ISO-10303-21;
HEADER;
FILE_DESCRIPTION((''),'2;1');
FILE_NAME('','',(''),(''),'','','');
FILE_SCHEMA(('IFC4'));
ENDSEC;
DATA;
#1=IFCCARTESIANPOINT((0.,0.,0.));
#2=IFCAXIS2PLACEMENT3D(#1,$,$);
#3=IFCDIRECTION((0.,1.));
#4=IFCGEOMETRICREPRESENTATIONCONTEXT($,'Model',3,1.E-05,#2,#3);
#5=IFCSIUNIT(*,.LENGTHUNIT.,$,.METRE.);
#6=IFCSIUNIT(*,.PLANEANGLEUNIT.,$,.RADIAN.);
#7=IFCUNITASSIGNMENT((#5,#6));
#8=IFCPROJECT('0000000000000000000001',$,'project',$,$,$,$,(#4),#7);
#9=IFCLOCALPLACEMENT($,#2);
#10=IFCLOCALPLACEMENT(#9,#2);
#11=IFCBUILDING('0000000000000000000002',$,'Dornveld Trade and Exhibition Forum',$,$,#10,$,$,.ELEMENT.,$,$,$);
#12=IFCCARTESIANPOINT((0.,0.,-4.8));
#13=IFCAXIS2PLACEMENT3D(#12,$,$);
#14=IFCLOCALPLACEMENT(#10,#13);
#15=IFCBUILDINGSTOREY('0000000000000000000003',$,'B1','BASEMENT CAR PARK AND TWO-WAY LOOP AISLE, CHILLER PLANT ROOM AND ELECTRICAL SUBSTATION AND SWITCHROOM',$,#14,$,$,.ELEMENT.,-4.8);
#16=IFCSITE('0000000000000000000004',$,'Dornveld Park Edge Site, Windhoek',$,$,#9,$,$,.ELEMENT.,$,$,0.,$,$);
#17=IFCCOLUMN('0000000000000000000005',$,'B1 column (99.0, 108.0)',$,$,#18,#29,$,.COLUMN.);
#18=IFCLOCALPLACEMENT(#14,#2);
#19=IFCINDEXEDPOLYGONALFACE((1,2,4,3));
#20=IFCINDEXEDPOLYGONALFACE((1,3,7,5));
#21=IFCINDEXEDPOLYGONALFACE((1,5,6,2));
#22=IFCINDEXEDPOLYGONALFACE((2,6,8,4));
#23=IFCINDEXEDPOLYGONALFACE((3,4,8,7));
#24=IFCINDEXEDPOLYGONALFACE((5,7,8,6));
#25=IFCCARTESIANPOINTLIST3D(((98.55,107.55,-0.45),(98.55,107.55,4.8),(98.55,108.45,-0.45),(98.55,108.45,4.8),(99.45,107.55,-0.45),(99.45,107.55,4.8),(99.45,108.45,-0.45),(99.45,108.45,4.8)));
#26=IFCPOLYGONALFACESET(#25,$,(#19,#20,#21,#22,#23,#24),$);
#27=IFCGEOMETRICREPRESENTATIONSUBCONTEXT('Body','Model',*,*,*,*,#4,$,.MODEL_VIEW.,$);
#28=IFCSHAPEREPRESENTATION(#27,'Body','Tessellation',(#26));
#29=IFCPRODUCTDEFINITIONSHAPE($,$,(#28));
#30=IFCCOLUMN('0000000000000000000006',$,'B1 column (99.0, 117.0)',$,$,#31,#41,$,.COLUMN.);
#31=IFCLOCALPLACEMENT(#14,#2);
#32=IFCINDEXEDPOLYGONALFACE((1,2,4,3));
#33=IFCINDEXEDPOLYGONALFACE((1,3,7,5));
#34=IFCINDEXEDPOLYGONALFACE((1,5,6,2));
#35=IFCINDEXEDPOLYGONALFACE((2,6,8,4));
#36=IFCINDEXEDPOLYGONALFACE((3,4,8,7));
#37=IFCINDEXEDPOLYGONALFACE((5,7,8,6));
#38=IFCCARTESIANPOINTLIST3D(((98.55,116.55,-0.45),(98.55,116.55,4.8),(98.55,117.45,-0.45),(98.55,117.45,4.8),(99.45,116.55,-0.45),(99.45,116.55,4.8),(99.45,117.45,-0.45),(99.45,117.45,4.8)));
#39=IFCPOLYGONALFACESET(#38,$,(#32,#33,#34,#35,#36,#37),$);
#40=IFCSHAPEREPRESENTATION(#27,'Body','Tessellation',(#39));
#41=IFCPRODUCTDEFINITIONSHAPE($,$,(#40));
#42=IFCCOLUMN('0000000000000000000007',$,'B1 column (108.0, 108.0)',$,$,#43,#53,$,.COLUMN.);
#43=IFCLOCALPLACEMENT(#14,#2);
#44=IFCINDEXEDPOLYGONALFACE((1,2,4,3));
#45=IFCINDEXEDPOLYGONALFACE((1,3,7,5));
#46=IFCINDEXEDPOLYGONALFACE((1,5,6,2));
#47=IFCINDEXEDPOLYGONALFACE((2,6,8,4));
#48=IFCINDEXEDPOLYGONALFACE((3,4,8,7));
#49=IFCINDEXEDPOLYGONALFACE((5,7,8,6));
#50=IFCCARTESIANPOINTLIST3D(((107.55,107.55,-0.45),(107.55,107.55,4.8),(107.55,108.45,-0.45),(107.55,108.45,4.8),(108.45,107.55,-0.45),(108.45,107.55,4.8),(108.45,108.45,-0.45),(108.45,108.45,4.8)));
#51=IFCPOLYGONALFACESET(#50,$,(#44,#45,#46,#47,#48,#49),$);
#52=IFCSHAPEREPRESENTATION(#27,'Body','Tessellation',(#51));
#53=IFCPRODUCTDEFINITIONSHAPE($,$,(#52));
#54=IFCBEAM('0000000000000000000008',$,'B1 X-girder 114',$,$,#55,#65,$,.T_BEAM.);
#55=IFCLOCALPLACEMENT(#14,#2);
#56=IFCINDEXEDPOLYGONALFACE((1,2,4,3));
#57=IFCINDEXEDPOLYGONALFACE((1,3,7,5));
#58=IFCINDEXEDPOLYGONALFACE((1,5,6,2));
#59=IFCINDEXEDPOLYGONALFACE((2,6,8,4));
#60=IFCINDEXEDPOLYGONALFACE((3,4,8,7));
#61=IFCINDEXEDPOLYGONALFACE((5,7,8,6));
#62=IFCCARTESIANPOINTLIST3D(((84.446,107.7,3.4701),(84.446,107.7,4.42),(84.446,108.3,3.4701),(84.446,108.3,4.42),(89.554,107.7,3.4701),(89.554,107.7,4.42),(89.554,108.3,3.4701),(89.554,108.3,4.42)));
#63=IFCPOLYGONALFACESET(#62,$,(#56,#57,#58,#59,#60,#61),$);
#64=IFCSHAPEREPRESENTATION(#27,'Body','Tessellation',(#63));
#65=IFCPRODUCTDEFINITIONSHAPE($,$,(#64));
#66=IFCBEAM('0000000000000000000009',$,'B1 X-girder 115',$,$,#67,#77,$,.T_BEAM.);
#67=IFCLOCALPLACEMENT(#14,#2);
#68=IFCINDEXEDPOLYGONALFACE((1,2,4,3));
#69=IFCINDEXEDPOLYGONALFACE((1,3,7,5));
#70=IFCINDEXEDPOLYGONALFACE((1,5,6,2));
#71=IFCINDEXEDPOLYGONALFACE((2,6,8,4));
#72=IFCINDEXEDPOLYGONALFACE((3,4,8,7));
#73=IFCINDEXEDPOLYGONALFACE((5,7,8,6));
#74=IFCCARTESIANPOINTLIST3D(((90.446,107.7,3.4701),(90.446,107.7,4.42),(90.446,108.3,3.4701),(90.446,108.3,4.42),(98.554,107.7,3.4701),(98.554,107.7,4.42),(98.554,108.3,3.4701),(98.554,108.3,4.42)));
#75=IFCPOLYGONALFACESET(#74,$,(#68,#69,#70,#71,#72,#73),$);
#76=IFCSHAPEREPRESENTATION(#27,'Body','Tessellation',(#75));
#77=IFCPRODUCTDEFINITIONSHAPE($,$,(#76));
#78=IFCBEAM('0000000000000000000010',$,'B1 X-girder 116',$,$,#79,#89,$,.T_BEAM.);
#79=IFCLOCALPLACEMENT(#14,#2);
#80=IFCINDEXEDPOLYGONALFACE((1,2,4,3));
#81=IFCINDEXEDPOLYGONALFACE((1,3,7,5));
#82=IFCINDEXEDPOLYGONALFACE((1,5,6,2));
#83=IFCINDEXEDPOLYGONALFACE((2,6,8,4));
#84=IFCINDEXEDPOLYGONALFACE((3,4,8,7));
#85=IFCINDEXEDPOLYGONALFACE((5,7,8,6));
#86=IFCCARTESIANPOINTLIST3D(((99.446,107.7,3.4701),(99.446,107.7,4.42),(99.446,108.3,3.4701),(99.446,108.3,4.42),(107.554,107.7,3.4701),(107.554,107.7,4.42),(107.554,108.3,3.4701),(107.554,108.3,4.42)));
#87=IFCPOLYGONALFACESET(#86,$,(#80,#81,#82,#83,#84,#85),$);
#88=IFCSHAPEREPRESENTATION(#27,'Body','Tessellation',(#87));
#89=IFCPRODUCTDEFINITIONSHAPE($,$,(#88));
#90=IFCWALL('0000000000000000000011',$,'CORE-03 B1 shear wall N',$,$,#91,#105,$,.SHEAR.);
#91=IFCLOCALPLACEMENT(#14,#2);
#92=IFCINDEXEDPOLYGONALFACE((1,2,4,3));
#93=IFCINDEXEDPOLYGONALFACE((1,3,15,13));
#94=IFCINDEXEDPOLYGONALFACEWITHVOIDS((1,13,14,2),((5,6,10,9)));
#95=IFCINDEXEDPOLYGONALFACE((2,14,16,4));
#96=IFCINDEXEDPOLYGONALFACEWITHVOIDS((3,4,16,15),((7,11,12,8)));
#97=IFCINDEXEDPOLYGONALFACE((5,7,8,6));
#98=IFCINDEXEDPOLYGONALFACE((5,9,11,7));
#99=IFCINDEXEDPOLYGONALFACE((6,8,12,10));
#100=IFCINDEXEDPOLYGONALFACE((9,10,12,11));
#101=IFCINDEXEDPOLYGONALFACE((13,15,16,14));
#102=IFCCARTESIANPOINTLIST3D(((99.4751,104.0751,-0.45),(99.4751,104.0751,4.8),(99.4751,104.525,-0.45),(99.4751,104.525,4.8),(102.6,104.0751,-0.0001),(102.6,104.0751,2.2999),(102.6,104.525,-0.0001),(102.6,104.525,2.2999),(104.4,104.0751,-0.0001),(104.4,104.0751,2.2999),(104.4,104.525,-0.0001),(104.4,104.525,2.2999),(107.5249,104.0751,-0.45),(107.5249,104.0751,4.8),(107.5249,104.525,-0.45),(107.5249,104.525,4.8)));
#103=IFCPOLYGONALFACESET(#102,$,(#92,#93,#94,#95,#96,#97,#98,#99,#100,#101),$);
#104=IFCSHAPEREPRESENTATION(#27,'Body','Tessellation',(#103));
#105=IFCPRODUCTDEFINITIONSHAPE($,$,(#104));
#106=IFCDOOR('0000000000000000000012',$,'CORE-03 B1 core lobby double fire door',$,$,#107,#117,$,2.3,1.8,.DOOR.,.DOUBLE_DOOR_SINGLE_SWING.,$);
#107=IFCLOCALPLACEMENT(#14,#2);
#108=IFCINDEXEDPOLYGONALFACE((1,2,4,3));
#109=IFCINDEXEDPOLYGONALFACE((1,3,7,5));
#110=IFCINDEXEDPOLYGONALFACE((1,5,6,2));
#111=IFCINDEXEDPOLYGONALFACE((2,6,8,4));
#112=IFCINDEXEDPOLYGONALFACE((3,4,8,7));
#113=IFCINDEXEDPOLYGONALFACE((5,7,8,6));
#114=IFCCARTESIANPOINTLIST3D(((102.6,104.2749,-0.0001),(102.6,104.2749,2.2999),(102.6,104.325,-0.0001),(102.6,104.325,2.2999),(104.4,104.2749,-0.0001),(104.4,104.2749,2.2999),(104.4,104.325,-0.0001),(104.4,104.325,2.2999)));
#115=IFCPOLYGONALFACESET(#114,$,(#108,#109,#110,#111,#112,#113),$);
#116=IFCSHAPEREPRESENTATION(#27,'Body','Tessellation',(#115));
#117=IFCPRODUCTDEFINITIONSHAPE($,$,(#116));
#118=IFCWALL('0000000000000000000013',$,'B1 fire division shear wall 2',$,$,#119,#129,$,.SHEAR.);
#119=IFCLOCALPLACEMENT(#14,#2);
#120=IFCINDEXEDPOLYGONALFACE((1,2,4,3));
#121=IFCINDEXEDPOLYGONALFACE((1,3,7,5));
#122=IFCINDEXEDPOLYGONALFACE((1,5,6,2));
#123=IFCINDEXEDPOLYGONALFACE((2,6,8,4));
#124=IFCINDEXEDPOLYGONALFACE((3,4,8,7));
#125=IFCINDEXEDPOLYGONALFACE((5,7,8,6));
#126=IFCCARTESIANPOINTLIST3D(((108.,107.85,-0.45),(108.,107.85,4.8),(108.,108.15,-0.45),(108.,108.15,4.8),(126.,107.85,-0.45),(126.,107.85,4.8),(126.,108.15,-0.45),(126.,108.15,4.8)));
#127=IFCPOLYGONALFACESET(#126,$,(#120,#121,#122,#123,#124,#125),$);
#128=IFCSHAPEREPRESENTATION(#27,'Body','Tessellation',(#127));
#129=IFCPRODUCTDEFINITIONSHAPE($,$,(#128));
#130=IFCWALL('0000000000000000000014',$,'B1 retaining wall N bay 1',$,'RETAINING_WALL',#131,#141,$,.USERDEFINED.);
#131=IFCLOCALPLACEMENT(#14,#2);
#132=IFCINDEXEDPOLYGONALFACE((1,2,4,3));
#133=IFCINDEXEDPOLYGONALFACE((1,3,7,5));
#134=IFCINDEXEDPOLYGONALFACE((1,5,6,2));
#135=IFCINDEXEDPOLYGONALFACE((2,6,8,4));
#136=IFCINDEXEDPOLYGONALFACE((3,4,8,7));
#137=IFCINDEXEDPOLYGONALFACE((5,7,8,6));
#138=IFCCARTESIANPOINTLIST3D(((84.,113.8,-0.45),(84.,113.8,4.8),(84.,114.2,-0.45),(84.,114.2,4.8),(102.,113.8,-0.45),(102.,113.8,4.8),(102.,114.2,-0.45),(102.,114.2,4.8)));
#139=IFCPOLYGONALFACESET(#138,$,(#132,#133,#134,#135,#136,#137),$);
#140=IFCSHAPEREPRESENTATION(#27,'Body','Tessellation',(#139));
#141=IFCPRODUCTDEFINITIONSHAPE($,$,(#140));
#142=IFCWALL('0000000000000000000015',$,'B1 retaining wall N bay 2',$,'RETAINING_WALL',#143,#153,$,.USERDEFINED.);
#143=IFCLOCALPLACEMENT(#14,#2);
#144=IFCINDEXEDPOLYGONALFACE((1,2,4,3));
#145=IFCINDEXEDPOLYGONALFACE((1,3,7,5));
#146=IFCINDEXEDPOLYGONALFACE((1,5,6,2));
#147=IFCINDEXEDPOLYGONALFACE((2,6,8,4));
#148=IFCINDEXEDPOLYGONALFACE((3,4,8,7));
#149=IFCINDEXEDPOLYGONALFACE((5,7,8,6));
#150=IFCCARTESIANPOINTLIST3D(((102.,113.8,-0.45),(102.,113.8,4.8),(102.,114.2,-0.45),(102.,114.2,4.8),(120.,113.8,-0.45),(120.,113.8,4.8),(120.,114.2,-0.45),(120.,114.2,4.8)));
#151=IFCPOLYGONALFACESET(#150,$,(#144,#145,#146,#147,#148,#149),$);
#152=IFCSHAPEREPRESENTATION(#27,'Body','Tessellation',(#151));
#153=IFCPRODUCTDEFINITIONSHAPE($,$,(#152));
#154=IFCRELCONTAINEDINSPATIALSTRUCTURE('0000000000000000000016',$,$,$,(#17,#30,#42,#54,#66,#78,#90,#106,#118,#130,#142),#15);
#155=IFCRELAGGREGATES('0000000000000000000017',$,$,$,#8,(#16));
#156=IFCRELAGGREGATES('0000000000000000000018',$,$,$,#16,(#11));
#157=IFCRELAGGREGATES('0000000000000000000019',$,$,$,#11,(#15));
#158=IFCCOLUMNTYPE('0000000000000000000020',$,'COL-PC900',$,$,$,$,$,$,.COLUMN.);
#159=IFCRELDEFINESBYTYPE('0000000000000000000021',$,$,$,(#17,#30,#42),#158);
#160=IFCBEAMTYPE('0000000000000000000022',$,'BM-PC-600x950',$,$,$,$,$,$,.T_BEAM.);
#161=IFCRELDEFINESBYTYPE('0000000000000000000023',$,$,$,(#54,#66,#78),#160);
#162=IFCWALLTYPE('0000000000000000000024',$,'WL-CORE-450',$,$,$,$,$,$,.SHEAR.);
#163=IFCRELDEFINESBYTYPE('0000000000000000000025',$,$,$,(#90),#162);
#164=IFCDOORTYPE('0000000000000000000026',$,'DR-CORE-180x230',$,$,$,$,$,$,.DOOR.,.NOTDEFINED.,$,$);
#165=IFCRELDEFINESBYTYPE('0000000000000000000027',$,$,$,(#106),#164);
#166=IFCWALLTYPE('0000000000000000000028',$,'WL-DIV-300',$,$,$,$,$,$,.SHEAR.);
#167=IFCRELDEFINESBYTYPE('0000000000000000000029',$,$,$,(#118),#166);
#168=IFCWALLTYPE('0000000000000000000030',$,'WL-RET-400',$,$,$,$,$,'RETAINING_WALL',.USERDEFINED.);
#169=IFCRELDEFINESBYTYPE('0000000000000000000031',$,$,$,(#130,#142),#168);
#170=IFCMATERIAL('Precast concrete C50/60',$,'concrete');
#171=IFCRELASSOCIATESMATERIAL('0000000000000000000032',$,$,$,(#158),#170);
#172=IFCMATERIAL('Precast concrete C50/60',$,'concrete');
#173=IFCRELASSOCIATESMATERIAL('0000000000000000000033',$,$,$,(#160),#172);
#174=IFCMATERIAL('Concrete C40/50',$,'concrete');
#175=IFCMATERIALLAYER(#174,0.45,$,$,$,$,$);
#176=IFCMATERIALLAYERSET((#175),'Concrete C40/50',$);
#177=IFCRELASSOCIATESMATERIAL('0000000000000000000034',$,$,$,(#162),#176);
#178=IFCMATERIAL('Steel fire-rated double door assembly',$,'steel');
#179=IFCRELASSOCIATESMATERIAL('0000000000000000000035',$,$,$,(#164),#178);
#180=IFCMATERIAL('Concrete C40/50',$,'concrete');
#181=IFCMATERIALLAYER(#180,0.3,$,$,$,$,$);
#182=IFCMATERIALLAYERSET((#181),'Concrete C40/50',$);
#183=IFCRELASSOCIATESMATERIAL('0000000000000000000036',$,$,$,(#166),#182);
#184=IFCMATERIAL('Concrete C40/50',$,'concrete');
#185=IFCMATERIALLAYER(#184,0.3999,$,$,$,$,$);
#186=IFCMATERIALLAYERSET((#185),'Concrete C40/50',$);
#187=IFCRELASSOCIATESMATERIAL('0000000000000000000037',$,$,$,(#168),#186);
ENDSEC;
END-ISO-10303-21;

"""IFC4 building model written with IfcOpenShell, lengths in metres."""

from ifc_helpers import new_model, si_unit, direction, frame, frame_2d, origin, origin_2d, place, context, subcontext, project, spatial, rectangle, extrude, material, layer, layer_set, material_profile, profile_set, type_object, element, fill, save


model = new_model("IFC4")

# Units and contexts
model_context = context("Model", 3, precision=1e-05, world=origin(), true_north=direction((0.0, 1.0)))
body_context = subcontext(model_context, "Body", "Model", "MODEL_VIEW")
ifc_project = project(units=[si_unit("LENGTHUNIT", "METRE"), si_unit("PLANEANGLEUNIT", "RADIAN")], contexts=[model_context])

# Site, building, storey
site_placement = place(None, origin())
site = spatial("IfcSite", under=ifc_project, at=site_placement, Name="Dornveld Park Edge Site, Windhoek", CompositionType="ELEMENT", RefElevation=0.0)
building_placement = place(site_placement, origin())
building = spatial("IfcBuilding", under=site, at=building_placement, Name="Dornveld Trade and Exhibition Forum", CompositionType="ELEMENT")
storey_placement = place(building_placement, frame((0.0, 0.0, -4.8)))
storey = spatial("IfcBuildingStorey", under=building, at=storey_placement, Name="B1", Description="BASEMENT CAR PARK AND TWO-WAY LOOP AISLE, CHILLER PLANT ROOM AND ELECTRICAL SUBSTATION AND SWITCHROOM", CompositionType="ELEMENT", Elevation=-4.8)

# Columns
ifc_material_1 = material(Name="Precast concrete C50/60", Category="concrete")
ifc_material_profile_1 = material_profile(ifc_material_1, rectangle(XDim=0.8999, YDim=0.8999, at=origin_2d()), Name="PC-COL 900x900")
ifc_profile_set_1 = profile_set([ifc_material_profile_1], Name="Precast concrete C50/60")
column_type = type_object("IfcColumnType", Name="COL-PC900", PredefinedType="COLUMN", material=ifc_profile_set_1)
for number, where, z_axis, x_axis, name in (
    (1, (99.0, 108.0, -0.45), (0.0, 0.0, 1.0), (1.0, 0.0, 0.0), "B1 column (99.0, 108.0)"),
    (2, (99.0, 117.0, -0.45), (0.0, 0.0, 1.0), (1.0, 0.0, 0.0), "B1 column (99.0, 117.0)"),
    (3, (108.0, 108.0, -0.45), (0.0, 0.0, 1.0), (1.0, 0.0, 0.0), "B1 column (108.0, 108.0)"),
):
    element("IfcColumn", number, at=place(storey_placement, frame(where, z_axis=z_axis, x_axis=x_axis)), inside=storey, type_object=column_type, Name=name, PredefinedType="COLUMN", context=body_context, shape_type="SweptSolid", body=[
        extrude(rectangle(XDim=0.8999, YDim=0.8999, at=origin_2d()), origin(), (0.0, 0.0, 1.0), 5.25),
    ])

# Beams
ifc_material_2 = material(Name="Precast concrete C50/60", Category="concrete")
ifc_material_profile_2 = material_profile(ifc_material_2, rectangle(XDim=0.6001, YDim=0.95, at=origin_2d()), Name="PC-GIR 600x950")
ifc_profile_set_2 = profile_set([ifc_material_profile_2], Name="Precast concrete C50/60")
beam_type = type_object("IfcBeamType", Name="BM-PC-600x950", PredefinedType="T_BEAM", material=ifc_profile_set_2)
beam_placement = place(storey_placement, frame((84.446, 108.0, 3.9451), z_axis=(1.0, 0.0, 0.0), x_axis=(0.0, 1.0, 0.0)))
element("IfcBeam", 4, at=beam_placement, inside=storey, type_object=beam_type, Name="B1 X-girder 114", PredefinedType="T_BEAM", context=body_context, shape_type="SweptSolid", body=[
    extrude(rectangle(XDim=0.6001, YDim=0.95, at=origin_2d()), origin(), (0.0, 0.0, 1.0), 5.1079),
])
for number, where, z_axis, x_axis, name in (
    (5, (90.446, 108.0, 3.9451), (1.0, 0.0, 0.0), (0.0, 1.0, 0.0), "B1 X-girder 115"),
    (6, (99.446, 108.0, 3.9451), (1.0, 0.0, 0.0), (0.0, 1.0, 0.0), "B1 X-girder 116"),
):
    element("IfcBeam", number, at=place(storey_placement, frame(where, z_axis=z_axis, x_axis=x_axis)), inside=storey, type_object=beam_type, Name=name, PredefinedType="T_BEAM", context=body_context, shape_type="SweptSolid", body=[
        extrude(rectangle(XDim=0.6001, YDim=0.95, at=origin_2d()), origin(), (0.0, 0.0, 1.0), 8.1079),
    ])

# Wall, opening, door
ifc_material_3 = material(Name="Concrete C40/50", Category="concrete")
ifc_layer_1 = layer(ifc_material_3, 0.45)
ifc_layer_set_1 = layer_set([ifc_layer_1], Name="Concrete C40/50")
wall_type_1 = type_object("IfcWallType", Name="WL-CORE-450", PredefinedType="SHEAR", material=ifc_layer_set_1)
wall_1_placement = place(storey_placement, frame((99.4751, 104.3, -0.45), z_axis=(0.0, 0.0, 1.0), x_axis=(1.0, 0.0, 0.0)))
wall_1 = element("IfcWall", 7, at=wall_1_placement, inside=storey, type_object=wall_type_1, Name="CORE-03 B1 shear wall N", PredefinedType="SHEAR", context=body_context, shape_type="SweptSolid", body=[
    extrude(rectangle(XDim=8.0498, YDim=0.45, at=frame_2d((4.0249, 0.0))), origin(), (0.0, 0.0, 1.0), 5.25),
])
opening_placement = place(wall_1_placement, frame((3.125, 0.0, 0.45)))
opening = element("IfcOpeningElement", 8, at=opening_placement, cuts=wall_1, PredefinedType="OPENING", context=body_context, shape_type="SweptSolid", body=[
    extrude(rectangle(XDim=1.8, YDim=2.3, at=frame_2d((0.8999, 1.1499))), frame((0.0, 0.2349, 0.0), z_axis=(0.0, -1.0, 0.0), x_axis=(1.0, 0.0, 0.0)), (0.0, 0.0, 1.0), 0.47),
])
ifc_material_4 = material(Name="Steel fire-rated double door assembly", Category="steel")
door_type = type_object("IfcDoorType", Name="DR-CORE-180x230", OperationType="NOTDEFINED", PredefinedType="DOOR", material=ifc_material_4)
door_placement = place(opening_placement, origin())
door = element("IfcDoor", 9, at=door_placement, inside=storey, type_object=door_type, Name="CORE-03 B1 core lobby double fire door", OperationType="DOUBLE_DOOR_SINGLE_SWING", OverallHeight=2.3, OverallWidth=1.8, PredefinedType="DOOR", context=body_context, shape_type="SweptSolid", body=[
    extrude(rectangle(XDim=1.8, YDim=2.3, at=frame_2d((0.8999, 1.1499))), frame((0.0, 0.0249, 0.0), z_axis=(0.0, -1.0, 0.0), x_axis=(1.0, 0.0, 0.0)), (0.0, 0.0, 1.0), 0.05),
])
fill(opening, door)

# Walls
ifc_material_5 = material(Name="Concrete C40/50", Category="concrete")
ifc_layer_2 = layer(ifc_material_5, 0.3)
ifc_layer_set_2 = layer_set([ifc_layer_2], Name="Concrete C40/50")
wall_type_2 = type_object("IfcWallType", Name="WL-DIV-300", PredefinedType="SHEAR", material=ifc_layer_set_2)
wall_2_placement = place(storey_placement, frame((108.0, 108.0, -0.45), z_axis=(0.0, 0.0, 1.0), x_axis=(1.0, 0.0, 0.0)))
element("IfcWall", 10, at=wall_2_placement, inside=storey, type_object=wall_type_2, Name="B1 fire division shear wall 2", PredefinedType="SHEAR", context=body_context, shape_type="SweptSolid", body=[
    extrude(rectangle(XDim=18.0, YDim=0.3, at=frame_2d((9.0, 0.0))), origin(), (0.0, 0.0, 1.0), 5.25),
])
ifc_material_6 = material(Name="Concrete C40/50", Category="concrete")
ifc_layer_3 = layer(ifc_material_6, 0.3999)
ifc_layer_set_3 = layer_set([ifc_layer_3], Name="Concrete C40/50")
wall_type_3 = type_object("IfcWallType", Name="WL-RET-400", ElementType="RETAINING_WALL", PredefinedType="USERDEFINED", material=ifc_layer_set_3)
for number, where, z_axis, x_axis, name in (
    (11, (84.0, 114.0, -0.45), (0.0, 0.0, 1.0), (1.0, 0.0, 0.0), "B1 retaining wall N bay 1"),
    (12, (102.0, 114.0, -0.45), (0.0, 0.0, 1.0), (1.0, 0.0, 0.0), "B1 retaining wall N bay 2"),
):
    element("IfcWall", number, at=place(storey_placement, frame(where, z_axis=z_axis, x_axis=x_axis)), inside=storey, type_object=wall_type_3, Name=name, ObjectType="RETAINING_WALL", PredefinedType="USERDEFINED", context=body_context, shape_type="SweptSolid", body=[
        extrude(rectangle(XDim=18.0, YDim=0.3999, at=frame_2d((9.0, 0.0))), origin(), (0.0, 0.0, 1.0), 5.25),
    ])

save(model, "model.ifc")
